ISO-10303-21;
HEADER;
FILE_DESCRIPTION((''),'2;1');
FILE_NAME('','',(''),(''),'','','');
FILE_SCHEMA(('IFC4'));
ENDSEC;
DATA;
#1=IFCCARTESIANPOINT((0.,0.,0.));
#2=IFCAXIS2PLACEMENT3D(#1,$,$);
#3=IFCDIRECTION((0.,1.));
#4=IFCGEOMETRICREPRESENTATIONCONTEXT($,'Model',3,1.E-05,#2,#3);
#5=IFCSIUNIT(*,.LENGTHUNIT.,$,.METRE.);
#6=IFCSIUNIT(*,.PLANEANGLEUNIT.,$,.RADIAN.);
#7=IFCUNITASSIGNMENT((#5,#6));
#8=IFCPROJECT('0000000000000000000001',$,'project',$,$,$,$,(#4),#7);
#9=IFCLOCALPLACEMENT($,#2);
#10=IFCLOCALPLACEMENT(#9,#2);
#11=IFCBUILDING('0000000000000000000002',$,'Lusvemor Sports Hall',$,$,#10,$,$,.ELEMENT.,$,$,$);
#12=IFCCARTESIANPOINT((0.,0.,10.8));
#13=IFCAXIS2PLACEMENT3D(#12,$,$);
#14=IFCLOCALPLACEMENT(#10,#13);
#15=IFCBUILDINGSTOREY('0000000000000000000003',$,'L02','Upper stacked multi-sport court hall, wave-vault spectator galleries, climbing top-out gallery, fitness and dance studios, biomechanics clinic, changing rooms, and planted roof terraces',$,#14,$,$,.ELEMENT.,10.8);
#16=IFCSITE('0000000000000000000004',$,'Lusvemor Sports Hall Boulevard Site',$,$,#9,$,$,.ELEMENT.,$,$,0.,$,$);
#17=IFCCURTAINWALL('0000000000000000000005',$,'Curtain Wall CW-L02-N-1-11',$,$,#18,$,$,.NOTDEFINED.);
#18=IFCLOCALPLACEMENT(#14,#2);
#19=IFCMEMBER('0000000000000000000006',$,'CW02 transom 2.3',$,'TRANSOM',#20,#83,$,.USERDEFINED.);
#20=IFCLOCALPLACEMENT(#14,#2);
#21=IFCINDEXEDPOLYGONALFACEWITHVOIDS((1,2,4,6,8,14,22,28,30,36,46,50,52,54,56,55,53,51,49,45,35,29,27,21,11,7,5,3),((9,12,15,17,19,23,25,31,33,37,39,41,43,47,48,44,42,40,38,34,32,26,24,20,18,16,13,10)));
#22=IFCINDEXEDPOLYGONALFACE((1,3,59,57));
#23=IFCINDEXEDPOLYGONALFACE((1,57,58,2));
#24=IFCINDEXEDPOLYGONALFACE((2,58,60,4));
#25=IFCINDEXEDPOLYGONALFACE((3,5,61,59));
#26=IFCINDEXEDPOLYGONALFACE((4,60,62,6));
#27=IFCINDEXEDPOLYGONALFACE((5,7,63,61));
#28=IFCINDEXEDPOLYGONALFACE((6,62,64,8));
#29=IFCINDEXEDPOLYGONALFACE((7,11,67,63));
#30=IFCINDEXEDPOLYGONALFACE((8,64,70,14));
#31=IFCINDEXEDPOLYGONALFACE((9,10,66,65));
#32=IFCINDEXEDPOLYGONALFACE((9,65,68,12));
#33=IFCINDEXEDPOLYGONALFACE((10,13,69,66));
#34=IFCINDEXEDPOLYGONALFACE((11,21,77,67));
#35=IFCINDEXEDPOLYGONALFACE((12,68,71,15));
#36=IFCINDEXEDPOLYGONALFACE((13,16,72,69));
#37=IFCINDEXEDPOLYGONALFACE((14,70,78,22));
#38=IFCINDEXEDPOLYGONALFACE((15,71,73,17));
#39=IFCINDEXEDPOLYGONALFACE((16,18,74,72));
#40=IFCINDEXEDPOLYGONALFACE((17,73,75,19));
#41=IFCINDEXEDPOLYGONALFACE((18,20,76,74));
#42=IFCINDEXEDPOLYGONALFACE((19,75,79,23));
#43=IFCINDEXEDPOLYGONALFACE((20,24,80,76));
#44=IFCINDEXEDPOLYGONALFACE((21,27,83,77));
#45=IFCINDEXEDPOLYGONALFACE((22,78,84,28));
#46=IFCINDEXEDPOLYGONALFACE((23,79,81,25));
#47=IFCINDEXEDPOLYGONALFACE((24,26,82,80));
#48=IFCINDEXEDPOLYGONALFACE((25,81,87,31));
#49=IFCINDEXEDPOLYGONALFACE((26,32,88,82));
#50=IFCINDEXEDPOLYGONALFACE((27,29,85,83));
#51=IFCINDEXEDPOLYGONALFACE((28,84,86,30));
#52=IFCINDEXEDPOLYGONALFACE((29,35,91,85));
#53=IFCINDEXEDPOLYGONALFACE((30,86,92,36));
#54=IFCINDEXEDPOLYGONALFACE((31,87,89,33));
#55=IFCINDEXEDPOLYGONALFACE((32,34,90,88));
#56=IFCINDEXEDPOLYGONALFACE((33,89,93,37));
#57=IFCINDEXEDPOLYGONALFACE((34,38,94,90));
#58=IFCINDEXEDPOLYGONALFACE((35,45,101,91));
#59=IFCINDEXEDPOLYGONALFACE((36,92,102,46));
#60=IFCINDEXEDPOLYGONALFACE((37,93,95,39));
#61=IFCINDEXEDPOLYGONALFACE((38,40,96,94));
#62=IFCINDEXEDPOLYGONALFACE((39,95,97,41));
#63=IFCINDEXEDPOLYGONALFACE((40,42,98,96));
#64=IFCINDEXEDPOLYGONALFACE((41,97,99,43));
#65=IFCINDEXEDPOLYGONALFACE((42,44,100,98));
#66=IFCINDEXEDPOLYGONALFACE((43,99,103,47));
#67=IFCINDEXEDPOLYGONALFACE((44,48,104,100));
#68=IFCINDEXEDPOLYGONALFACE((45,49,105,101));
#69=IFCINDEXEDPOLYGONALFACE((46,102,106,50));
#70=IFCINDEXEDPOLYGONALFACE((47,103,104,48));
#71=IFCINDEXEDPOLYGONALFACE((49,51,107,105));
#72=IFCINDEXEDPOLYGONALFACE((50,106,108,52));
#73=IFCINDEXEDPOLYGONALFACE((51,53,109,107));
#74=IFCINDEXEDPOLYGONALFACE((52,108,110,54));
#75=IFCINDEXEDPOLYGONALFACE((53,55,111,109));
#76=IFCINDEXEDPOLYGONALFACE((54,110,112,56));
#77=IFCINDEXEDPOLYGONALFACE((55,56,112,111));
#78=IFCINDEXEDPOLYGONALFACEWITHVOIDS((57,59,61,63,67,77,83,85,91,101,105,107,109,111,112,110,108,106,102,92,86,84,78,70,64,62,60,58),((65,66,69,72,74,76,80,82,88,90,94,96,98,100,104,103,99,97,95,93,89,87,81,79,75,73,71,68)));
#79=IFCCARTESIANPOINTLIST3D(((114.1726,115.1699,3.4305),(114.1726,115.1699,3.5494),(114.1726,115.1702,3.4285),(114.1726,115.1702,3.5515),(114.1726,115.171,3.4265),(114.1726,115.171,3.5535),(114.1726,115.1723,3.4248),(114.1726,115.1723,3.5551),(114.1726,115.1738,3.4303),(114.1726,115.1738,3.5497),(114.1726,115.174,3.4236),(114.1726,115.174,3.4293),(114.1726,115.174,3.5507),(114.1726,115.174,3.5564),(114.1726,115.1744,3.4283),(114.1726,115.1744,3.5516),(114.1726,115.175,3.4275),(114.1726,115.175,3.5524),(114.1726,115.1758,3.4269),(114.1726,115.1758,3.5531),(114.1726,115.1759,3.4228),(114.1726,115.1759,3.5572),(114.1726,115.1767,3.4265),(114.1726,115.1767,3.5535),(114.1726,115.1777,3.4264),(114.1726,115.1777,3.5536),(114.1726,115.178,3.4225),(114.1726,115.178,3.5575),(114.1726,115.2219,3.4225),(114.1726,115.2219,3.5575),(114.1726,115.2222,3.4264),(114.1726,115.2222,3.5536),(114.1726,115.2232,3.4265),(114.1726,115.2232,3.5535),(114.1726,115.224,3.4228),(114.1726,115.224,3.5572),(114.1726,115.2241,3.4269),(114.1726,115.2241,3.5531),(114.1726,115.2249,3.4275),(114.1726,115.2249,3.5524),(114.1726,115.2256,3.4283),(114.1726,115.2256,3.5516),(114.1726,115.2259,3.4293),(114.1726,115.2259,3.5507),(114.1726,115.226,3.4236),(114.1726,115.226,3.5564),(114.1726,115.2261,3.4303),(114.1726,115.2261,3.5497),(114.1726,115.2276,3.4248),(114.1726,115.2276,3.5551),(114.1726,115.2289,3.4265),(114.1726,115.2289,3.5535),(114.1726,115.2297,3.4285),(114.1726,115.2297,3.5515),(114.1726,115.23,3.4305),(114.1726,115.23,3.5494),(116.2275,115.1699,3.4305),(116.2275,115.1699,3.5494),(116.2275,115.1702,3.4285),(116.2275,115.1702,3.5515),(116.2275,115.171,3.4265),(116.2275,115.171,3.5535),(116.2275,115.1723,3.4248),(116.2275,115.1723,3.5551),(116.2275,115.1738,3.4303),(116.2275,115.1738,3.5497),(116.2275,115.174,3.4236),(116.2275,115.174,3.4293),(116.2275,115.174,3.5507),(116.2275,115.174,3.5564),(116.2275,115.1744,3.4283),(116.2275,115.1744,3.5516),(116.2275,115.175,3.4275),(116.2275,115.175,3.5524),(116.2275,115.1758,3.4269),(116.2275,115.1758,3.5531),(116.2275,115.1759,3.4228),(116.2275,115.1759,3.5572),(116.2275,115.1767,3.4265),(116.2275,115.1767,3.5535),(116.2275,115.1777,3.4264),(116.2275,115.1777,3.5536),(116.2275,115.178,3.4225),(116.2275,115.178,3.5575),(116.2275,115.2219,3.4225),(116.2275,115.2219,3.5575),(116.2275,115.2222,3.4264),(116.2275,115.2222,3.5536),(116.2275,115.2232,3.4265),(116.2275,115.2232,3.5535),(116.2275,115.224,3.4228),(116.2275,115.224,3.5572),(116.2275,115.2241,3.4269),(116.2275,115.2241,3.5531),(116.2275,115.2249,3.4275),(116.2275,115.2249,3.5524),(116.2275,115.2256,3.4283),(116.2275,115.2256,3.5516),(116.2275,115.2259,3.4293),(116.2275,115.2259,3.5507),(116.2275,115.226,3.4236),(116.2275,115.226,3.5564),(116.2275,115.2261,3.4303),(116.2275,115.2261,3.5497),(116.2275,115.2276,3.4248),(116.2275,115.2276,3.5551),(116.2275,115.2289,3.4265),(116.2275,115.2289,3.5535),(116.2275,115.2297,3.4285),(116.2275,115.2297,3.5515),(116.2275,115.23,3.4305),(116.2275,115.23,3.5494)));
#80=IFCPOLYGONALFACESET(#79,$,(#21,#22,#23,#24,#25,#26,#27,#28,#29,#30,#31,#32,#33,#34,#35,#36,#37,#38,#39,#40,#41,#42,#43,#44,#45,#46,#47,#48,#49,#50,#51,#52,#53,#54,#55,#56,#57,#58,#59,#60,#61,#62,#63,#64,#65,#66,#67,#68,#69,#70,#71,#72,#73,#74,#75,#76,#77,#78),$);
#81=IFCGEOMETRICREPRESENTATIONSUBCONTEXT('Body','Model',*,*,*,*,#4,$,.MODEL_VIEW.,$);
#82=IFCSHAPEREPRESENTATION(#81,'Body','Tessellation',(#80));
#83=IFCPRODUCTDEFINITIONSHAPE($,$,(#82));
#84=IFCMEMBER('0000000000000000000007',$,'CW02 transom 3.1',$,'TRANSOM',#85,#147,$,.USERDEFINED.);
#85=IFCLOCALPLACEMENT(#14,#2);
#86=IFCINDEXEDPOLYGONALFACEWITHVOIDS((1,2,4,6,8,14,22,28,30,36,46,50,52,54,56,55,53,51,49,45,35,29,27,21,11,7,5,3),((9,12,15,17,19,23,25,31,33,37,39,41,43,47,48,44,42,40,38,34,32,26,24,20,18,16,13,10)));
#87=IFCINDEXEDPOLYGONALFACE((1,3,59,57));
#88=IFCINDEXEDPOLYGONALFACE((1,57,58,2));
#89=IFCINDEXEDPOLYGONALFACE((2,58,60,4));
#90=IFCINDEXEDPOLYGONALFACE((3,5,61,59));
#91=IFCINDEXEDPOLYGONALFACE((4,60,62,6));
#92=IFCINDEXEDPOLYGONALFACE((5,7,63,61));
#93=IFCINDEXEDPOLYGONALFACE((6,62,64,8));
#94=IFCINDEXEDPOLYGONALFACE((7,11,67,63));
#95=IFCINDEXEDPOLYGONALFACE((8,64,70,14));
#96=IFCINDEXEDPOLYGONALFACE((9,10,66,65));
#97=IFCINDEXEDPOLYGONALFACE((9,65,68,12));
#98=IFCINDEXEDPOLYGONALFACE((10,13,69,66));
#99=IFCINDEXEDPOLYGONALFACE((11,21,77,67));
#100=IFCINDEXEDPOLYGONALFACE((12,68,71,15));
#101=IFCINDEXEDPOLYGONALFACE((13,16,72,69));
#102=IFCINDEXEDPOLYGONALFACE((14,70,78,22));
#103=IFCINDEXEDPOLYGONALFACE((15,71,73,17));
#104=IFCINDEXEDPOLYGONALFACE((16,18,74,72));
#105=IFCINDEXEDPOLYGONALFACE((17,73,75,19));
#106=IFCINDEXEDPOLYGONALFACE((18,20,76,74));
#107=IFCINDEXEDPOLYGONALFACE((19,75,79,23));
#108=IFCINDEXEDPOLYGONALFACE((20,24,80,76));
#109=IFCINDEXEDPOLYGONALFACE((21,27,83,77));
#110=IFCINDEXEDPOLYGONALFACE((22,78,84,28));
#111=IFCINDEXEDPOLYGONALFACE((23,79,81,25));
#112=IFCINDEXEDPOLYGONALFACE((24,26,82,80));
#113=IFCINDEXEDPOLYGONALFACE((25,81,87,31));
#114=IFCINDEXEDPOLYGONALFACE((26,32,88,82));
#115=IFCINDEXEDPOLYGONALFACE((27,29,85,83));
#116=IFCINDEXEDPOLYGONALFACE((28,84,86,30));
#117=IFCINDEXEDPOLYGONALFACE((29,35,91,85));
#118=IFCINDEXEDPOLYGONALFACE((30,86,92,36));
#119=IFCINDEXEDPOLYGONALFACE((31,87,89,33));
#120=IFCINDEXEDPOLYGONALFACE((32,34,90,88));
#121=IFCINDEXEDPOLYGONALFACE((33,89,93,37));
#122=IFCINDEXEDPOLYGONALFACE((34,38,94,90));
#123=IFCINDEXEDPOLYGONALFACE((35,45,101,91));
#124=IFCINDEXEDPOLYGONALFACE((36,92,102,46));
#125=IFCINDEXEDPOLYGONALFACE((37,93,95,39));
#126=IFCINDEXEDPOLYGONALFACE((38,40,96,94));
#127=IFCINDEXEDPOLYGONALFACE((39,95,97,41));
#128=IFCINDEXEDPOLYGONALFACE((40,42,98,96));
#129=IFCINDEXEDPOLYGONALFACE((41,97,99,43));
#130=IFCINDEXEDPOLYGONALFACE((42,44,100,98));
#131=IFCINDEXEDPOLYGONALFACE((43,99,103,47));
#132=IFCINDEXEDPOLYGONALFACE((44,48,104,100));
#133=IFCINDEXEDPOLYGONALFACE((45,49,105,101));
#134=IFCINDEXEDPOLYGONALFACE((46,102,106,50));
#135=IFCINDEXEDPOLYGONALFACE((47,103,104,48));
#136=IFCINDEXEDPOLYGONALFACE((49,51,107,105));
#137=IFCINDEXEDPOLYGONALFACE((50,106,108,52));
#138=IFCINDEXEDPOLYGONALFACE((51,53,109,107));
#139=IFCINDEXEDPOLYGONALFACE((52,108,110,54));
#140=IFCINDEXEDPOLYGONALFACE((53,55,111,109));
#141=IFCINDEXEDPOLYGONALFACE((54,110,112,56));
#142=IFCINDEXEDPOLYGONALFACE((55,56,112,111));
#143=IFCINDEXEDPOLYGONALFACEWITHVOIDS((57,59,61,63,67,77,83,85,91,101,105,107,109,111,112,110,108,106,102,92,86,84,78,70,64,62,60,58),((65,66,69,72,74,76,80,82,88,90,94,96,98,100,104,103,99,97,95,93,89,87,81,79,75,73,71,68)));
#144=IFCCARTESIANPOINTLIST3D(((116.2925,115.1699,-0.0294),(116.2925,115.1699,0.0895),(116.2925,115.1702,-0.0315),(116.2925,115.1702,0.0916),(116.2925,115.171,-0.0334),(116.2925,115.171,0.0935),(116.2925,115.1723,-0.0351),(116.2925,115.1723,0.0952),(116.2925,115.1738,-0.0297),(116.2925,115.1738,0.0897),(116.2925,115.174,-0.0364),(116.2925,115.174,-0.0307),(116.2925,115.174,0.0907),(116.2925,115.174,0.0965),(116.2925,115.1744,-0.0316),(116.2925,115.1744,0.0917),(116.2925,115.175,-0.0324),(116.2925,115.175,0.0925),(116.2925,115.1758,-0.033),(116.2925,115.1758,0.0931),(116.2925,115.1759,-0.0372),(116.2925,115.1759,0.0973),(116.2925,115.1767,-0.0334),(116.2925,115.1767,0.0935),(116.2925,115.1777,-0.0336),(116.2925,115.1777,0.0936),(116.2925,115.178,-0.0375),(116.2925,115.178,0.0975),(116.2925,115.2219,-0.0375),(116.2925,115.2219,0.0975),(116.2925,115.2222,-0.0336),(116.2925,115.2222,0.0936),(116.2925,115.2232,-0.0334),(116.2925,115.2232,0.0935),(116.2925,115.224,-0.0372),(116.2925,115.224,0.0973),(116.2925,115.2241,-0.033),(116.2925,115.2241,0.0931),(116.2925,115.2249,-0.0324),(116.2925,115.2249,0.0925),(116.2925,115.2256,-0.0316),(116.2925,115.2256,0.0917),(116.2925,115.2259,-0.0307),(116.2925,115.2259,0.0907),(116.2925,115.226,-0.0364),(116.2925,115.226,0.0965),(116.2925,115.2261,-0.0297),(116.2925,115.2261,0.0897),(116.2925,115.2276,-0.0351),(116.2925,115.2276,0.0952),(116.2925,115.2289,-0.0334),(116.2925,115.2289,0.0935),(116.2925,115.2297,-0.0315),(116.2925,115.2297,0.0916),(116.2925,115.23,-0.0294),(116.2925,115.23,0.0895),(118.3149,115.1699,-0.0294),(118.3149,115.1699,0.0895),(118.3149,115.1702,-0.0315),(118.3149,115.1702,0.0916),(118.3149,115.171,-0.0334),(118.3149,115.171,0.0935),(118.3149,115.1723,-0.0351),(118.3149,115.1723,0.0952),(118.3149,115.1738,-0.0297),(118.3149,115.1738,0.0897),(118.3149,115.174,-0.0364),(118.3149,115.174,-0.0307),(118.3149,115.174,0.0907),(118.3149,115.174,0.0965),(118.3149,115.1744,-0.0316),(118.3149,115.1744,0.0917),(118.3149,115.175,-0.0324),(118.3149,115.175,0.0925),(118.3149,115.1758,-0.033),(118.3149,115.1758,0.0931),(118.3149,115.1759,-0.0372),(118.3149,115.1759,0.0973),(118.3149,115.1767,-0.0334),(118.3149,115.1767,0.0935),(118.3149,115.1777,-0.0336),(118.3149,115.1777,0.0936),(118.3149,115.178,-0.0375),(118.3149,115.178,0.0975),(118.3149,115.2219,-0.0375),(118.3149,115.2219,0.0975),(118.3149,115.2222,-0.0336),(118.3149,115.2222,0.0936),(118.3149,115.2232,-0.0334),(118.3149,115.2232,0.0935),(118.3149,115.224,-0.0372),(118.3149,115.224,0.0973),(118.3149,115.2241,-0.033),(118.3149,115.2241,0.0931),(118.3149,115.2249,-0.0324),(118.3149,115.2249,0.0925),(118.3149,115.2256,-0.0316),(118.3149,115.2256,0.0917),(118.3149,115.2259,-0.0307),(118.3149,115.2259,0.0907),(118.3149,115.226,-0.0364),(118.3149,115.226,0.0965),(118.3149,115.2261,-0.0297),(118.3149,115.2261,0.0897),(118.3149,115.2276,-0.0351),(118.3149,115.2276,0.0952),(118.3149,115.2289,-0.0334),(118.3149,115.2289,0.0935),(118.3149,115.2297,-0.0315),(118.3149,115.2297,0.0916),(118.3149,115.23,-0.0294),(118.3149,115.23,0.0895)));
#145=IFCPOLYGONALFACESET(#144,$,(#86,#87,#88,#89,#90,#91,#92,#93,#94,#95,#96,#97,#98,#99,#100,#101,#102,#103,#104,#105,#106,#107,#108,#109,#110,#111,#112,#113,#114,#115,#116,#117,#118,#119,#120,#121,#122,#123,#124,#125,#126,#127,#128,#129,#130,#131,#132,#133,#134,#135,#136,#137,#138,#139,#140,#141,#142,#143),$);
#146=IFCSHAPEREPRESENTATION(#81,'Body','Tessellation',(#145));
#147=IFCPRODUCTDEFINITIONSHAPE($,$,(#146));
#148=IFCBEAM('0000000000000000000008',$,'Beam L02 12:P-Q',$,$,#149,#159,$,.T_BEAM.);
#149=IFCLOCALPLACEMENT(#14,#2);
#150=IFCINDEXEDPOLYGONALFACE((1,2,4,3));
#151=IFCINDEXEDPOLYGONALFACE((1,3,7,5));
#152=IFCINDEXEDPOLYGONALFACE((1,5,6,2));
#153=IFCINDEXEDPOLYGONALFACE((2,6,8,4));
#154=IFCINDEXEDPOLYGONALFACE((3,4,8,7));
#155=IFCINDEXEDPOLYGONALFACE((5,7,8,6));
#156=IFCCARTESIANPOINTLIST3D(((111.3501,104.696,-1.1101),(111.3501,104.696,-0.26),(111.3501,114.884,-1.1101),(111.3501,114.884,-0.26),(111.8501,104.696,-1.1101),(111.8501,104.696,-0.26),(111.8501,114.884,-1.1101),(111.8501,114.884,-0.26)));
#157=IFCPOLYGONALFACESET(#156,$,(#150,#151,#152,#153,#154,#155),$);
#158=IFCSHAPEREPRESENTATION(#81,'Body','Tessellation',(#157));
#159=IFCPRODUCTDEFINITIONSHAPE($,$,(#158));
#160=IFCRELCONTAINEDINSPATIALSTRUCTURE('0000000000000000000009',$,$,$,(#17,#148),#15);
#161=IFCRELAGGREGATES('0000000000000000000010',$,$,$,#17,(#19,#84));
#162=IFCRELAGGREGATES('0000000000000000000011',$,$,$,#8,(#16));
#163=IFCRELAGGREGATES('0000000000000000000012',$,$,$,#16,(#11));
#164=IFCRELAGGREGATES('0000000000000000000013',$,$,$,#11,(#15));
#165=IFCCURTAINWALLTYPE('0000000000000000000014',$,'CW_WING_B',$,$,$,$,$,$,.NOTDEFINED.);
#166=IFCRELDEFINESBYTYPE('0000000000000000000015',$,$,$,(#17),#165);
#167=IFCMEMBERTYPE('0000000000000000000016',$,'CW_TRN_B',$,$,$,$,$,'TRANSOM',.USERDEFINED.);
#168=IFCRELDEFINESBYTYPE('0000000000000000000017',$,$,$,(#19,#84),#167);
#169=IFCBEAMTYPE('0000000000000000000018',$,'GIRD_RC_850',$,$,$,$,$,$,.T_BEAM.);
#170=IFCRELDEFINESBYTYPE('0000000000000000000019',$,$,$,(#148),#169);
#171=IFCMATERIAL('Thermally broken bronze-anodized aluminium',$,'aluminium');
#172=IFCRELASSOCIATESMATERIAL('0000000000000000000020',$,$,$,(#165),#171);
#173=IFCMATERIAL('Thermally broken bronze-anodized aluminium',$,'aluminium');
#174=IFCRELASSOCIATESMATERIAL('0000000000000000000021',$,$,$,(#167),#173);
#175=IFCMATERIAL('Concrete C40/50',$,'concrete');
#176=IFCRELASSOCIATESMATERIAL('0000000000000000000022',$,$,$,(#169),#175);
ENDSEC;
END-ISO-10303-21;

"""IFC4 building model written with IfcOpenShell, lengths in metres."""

from ifc_helpers import new_model, si_unit, direction, frame, origin, origin_2d, place, context, subcontext, project, spatial, rectangle, hollow_rectangle, extrude, material, material_profile, profile_set, type_object, element, aggregate, save


model = new_model("IFC4")

# Units and contexts
model_context = context("Model", 3, precision=1e-05, world=origin(), true_north=direction((0.0, 1.0)))
body_context = subcontext(model_context, "Body", "Model", "MODEL_VIEW")
ifc_project = project(units=[si_unit("LENGTHUNIT", "METRE"), si_unit("PLANEANGLEUNIT", "RADIAN")], contexts=[model_context])

# Site, building, storey
site_placement = place(None, origin())
site = spatial("IfcSite", under=ifc_project, at=site_placement, Name="Lusvemor Sports Hall Boulevard Site", CompositionType="ELEMENT", RefElevation=0.0)
building_placement = place(site_placement, origin())
building = spatial("IfcBuilding", under=site, at=building_placement, Name="Lusvemor Sports Hall", CompositionType="ELEMENT")
storey_placement = place(building_placement, frame((0.0, 0.0, 10.8)))
storey = spatial("IfcBuildingStorey", under=building, at=storey_placement, Name="L02", Description="Upper stacked multi-sport court hall, wave-vault spectator galleries, climbing top-out gallery, fitness and dance studios, biomechanics clinic, changing rooms, and planted roof terraces", CompositionType="ELEMENT", Elevation=10.8)

# Curtain wall, members
ifc_material_1 = material(Name="Thermally broken bronze-anodized aluminium", Category="aluminium")
curtain_wall_type = type_object("IfcCurtainWallType", Name="CW_WING_B", PredefinedType="NOTDEFINED", material=ifc_material_1)
curtain_wall_placement = place(storey_placement, origin())
curtain_wall = element("IfcCurtainWall", 1, at=curtain_wall_placement, inside=storey, type_object=curtain_wall_type, Name="Curtain Wall CW-L02-N-1-11", PredefinedType="NOTDEFINED")
ifc_material_2 = material(Name="Thermally broken bronze-anodized aluminium", Category="aluminium")
ifc_material_profile_1 = material_profile(ifc_material_2, hollow_rectangle(XDim=0.0601, YDim=0.135, WallThickness=0.0039, InnerFilletRadius=0.0039, OuterFilletRadius=0.0081, at=origin_2d()), Name="CWTRN135x60x4")
ifc_profile_set_1 = profile_set([ifc_material_profile_1], Name="Thermally broken bronze-anodized aluminium")
member_type_1 = type_object("IfcMemberType", Name="CW_TRN_B", ElementType="TRANSOM", PredefinedType="USERDEFINED", material=ifc_profile_set_1)
member_1_placement = place(storey_placement, frame((114.1726, 115.2, 3.49), z_axis=(1.0, 0.0, 0.0), x_axis=(0.0, 1.0, 0.0)))
member_1 = element("IfcMember", 2, at=member_1_placement, type_object=member_type_1, Name="CW02 transom 2.3", ObjectType="TRANSOM", PredefinedType="USERDEFINED", context=body_context, shape_type="SweptSolid", body=[
    extrude(hollow_rectangle(XDim=0.0601, YDim=0.135, WallThickness=0.0039, InnerFilletRadius=0.0039, OuterFilletRadius=0.0081, at=origin_2d()), origin(), (0.0, 0.0, 1.0), 2.0549),
])
member_2_placement = place(storey_placement, frame((116.2925, 115.2, 0.03), z_axis=(1.0, 0.0, 0.0), x_axis=(0.0, 1.0, 0.0)))
member_2 = element("IfcMember", 3, at=member_2_placement, type_object=member_type_1, Name="CW02 transom 3.1", ObjectType="TRANSOM", PredefinedType="USERDEFINED", context=body_context, shape_type="SweptSolid", body=[
    extrude(hollow_rectangle(XDim=0.0601, YDim=0.135, WallThickness=0.0039, InnerFilletRadius=0.0039, OuterFilletRadius=0.0081, at=origin_2d()), origin(), (0.0, 0.0, 1.0), 2.0225),
])

# Beam
ifc_material_3 = material(Name="Concrete C40/50", Category="concrete")
ifc_material_profile_2 = material_profile(ifc_material_3, rectangle(XDim=0.5, YDim=0.8501, at=origin_2d()), Name="RC500x850")
ifc_profile_set_2 = profile_set([ifc_material_profile_2], Name="Concrete C40/50")
beam_type_1 = type_object("IfcBeamType", Name="GIRD_RC_850", PredefinedType="T_BEAM", material=ifc_profile_set_2)
beam_1_placement = place(storey_placement, frame((111.6001, 104.696, -0.6851), z_axis=(0.0, 1.0, 0.0), x_axis=(-1.0, 0.0, 0.0)))
element("IfcBeam", 4, at=beam_1_placement, inside=storey, type_object=beam_type_1, Name="Beam L02 12:P-Q", PredefinedType="T_BEAM", context=body_context, shape_type="SweptSolid", body=[
    extrude(rectangle(XDim=0.5, YDim=0.8501, at=origin_2d()), origin(), (0.0, 0.0, 1.0), 10.188),
])

aggregate(curtain_wall, [member_1, member_2])

save(model, "model.ifc")
